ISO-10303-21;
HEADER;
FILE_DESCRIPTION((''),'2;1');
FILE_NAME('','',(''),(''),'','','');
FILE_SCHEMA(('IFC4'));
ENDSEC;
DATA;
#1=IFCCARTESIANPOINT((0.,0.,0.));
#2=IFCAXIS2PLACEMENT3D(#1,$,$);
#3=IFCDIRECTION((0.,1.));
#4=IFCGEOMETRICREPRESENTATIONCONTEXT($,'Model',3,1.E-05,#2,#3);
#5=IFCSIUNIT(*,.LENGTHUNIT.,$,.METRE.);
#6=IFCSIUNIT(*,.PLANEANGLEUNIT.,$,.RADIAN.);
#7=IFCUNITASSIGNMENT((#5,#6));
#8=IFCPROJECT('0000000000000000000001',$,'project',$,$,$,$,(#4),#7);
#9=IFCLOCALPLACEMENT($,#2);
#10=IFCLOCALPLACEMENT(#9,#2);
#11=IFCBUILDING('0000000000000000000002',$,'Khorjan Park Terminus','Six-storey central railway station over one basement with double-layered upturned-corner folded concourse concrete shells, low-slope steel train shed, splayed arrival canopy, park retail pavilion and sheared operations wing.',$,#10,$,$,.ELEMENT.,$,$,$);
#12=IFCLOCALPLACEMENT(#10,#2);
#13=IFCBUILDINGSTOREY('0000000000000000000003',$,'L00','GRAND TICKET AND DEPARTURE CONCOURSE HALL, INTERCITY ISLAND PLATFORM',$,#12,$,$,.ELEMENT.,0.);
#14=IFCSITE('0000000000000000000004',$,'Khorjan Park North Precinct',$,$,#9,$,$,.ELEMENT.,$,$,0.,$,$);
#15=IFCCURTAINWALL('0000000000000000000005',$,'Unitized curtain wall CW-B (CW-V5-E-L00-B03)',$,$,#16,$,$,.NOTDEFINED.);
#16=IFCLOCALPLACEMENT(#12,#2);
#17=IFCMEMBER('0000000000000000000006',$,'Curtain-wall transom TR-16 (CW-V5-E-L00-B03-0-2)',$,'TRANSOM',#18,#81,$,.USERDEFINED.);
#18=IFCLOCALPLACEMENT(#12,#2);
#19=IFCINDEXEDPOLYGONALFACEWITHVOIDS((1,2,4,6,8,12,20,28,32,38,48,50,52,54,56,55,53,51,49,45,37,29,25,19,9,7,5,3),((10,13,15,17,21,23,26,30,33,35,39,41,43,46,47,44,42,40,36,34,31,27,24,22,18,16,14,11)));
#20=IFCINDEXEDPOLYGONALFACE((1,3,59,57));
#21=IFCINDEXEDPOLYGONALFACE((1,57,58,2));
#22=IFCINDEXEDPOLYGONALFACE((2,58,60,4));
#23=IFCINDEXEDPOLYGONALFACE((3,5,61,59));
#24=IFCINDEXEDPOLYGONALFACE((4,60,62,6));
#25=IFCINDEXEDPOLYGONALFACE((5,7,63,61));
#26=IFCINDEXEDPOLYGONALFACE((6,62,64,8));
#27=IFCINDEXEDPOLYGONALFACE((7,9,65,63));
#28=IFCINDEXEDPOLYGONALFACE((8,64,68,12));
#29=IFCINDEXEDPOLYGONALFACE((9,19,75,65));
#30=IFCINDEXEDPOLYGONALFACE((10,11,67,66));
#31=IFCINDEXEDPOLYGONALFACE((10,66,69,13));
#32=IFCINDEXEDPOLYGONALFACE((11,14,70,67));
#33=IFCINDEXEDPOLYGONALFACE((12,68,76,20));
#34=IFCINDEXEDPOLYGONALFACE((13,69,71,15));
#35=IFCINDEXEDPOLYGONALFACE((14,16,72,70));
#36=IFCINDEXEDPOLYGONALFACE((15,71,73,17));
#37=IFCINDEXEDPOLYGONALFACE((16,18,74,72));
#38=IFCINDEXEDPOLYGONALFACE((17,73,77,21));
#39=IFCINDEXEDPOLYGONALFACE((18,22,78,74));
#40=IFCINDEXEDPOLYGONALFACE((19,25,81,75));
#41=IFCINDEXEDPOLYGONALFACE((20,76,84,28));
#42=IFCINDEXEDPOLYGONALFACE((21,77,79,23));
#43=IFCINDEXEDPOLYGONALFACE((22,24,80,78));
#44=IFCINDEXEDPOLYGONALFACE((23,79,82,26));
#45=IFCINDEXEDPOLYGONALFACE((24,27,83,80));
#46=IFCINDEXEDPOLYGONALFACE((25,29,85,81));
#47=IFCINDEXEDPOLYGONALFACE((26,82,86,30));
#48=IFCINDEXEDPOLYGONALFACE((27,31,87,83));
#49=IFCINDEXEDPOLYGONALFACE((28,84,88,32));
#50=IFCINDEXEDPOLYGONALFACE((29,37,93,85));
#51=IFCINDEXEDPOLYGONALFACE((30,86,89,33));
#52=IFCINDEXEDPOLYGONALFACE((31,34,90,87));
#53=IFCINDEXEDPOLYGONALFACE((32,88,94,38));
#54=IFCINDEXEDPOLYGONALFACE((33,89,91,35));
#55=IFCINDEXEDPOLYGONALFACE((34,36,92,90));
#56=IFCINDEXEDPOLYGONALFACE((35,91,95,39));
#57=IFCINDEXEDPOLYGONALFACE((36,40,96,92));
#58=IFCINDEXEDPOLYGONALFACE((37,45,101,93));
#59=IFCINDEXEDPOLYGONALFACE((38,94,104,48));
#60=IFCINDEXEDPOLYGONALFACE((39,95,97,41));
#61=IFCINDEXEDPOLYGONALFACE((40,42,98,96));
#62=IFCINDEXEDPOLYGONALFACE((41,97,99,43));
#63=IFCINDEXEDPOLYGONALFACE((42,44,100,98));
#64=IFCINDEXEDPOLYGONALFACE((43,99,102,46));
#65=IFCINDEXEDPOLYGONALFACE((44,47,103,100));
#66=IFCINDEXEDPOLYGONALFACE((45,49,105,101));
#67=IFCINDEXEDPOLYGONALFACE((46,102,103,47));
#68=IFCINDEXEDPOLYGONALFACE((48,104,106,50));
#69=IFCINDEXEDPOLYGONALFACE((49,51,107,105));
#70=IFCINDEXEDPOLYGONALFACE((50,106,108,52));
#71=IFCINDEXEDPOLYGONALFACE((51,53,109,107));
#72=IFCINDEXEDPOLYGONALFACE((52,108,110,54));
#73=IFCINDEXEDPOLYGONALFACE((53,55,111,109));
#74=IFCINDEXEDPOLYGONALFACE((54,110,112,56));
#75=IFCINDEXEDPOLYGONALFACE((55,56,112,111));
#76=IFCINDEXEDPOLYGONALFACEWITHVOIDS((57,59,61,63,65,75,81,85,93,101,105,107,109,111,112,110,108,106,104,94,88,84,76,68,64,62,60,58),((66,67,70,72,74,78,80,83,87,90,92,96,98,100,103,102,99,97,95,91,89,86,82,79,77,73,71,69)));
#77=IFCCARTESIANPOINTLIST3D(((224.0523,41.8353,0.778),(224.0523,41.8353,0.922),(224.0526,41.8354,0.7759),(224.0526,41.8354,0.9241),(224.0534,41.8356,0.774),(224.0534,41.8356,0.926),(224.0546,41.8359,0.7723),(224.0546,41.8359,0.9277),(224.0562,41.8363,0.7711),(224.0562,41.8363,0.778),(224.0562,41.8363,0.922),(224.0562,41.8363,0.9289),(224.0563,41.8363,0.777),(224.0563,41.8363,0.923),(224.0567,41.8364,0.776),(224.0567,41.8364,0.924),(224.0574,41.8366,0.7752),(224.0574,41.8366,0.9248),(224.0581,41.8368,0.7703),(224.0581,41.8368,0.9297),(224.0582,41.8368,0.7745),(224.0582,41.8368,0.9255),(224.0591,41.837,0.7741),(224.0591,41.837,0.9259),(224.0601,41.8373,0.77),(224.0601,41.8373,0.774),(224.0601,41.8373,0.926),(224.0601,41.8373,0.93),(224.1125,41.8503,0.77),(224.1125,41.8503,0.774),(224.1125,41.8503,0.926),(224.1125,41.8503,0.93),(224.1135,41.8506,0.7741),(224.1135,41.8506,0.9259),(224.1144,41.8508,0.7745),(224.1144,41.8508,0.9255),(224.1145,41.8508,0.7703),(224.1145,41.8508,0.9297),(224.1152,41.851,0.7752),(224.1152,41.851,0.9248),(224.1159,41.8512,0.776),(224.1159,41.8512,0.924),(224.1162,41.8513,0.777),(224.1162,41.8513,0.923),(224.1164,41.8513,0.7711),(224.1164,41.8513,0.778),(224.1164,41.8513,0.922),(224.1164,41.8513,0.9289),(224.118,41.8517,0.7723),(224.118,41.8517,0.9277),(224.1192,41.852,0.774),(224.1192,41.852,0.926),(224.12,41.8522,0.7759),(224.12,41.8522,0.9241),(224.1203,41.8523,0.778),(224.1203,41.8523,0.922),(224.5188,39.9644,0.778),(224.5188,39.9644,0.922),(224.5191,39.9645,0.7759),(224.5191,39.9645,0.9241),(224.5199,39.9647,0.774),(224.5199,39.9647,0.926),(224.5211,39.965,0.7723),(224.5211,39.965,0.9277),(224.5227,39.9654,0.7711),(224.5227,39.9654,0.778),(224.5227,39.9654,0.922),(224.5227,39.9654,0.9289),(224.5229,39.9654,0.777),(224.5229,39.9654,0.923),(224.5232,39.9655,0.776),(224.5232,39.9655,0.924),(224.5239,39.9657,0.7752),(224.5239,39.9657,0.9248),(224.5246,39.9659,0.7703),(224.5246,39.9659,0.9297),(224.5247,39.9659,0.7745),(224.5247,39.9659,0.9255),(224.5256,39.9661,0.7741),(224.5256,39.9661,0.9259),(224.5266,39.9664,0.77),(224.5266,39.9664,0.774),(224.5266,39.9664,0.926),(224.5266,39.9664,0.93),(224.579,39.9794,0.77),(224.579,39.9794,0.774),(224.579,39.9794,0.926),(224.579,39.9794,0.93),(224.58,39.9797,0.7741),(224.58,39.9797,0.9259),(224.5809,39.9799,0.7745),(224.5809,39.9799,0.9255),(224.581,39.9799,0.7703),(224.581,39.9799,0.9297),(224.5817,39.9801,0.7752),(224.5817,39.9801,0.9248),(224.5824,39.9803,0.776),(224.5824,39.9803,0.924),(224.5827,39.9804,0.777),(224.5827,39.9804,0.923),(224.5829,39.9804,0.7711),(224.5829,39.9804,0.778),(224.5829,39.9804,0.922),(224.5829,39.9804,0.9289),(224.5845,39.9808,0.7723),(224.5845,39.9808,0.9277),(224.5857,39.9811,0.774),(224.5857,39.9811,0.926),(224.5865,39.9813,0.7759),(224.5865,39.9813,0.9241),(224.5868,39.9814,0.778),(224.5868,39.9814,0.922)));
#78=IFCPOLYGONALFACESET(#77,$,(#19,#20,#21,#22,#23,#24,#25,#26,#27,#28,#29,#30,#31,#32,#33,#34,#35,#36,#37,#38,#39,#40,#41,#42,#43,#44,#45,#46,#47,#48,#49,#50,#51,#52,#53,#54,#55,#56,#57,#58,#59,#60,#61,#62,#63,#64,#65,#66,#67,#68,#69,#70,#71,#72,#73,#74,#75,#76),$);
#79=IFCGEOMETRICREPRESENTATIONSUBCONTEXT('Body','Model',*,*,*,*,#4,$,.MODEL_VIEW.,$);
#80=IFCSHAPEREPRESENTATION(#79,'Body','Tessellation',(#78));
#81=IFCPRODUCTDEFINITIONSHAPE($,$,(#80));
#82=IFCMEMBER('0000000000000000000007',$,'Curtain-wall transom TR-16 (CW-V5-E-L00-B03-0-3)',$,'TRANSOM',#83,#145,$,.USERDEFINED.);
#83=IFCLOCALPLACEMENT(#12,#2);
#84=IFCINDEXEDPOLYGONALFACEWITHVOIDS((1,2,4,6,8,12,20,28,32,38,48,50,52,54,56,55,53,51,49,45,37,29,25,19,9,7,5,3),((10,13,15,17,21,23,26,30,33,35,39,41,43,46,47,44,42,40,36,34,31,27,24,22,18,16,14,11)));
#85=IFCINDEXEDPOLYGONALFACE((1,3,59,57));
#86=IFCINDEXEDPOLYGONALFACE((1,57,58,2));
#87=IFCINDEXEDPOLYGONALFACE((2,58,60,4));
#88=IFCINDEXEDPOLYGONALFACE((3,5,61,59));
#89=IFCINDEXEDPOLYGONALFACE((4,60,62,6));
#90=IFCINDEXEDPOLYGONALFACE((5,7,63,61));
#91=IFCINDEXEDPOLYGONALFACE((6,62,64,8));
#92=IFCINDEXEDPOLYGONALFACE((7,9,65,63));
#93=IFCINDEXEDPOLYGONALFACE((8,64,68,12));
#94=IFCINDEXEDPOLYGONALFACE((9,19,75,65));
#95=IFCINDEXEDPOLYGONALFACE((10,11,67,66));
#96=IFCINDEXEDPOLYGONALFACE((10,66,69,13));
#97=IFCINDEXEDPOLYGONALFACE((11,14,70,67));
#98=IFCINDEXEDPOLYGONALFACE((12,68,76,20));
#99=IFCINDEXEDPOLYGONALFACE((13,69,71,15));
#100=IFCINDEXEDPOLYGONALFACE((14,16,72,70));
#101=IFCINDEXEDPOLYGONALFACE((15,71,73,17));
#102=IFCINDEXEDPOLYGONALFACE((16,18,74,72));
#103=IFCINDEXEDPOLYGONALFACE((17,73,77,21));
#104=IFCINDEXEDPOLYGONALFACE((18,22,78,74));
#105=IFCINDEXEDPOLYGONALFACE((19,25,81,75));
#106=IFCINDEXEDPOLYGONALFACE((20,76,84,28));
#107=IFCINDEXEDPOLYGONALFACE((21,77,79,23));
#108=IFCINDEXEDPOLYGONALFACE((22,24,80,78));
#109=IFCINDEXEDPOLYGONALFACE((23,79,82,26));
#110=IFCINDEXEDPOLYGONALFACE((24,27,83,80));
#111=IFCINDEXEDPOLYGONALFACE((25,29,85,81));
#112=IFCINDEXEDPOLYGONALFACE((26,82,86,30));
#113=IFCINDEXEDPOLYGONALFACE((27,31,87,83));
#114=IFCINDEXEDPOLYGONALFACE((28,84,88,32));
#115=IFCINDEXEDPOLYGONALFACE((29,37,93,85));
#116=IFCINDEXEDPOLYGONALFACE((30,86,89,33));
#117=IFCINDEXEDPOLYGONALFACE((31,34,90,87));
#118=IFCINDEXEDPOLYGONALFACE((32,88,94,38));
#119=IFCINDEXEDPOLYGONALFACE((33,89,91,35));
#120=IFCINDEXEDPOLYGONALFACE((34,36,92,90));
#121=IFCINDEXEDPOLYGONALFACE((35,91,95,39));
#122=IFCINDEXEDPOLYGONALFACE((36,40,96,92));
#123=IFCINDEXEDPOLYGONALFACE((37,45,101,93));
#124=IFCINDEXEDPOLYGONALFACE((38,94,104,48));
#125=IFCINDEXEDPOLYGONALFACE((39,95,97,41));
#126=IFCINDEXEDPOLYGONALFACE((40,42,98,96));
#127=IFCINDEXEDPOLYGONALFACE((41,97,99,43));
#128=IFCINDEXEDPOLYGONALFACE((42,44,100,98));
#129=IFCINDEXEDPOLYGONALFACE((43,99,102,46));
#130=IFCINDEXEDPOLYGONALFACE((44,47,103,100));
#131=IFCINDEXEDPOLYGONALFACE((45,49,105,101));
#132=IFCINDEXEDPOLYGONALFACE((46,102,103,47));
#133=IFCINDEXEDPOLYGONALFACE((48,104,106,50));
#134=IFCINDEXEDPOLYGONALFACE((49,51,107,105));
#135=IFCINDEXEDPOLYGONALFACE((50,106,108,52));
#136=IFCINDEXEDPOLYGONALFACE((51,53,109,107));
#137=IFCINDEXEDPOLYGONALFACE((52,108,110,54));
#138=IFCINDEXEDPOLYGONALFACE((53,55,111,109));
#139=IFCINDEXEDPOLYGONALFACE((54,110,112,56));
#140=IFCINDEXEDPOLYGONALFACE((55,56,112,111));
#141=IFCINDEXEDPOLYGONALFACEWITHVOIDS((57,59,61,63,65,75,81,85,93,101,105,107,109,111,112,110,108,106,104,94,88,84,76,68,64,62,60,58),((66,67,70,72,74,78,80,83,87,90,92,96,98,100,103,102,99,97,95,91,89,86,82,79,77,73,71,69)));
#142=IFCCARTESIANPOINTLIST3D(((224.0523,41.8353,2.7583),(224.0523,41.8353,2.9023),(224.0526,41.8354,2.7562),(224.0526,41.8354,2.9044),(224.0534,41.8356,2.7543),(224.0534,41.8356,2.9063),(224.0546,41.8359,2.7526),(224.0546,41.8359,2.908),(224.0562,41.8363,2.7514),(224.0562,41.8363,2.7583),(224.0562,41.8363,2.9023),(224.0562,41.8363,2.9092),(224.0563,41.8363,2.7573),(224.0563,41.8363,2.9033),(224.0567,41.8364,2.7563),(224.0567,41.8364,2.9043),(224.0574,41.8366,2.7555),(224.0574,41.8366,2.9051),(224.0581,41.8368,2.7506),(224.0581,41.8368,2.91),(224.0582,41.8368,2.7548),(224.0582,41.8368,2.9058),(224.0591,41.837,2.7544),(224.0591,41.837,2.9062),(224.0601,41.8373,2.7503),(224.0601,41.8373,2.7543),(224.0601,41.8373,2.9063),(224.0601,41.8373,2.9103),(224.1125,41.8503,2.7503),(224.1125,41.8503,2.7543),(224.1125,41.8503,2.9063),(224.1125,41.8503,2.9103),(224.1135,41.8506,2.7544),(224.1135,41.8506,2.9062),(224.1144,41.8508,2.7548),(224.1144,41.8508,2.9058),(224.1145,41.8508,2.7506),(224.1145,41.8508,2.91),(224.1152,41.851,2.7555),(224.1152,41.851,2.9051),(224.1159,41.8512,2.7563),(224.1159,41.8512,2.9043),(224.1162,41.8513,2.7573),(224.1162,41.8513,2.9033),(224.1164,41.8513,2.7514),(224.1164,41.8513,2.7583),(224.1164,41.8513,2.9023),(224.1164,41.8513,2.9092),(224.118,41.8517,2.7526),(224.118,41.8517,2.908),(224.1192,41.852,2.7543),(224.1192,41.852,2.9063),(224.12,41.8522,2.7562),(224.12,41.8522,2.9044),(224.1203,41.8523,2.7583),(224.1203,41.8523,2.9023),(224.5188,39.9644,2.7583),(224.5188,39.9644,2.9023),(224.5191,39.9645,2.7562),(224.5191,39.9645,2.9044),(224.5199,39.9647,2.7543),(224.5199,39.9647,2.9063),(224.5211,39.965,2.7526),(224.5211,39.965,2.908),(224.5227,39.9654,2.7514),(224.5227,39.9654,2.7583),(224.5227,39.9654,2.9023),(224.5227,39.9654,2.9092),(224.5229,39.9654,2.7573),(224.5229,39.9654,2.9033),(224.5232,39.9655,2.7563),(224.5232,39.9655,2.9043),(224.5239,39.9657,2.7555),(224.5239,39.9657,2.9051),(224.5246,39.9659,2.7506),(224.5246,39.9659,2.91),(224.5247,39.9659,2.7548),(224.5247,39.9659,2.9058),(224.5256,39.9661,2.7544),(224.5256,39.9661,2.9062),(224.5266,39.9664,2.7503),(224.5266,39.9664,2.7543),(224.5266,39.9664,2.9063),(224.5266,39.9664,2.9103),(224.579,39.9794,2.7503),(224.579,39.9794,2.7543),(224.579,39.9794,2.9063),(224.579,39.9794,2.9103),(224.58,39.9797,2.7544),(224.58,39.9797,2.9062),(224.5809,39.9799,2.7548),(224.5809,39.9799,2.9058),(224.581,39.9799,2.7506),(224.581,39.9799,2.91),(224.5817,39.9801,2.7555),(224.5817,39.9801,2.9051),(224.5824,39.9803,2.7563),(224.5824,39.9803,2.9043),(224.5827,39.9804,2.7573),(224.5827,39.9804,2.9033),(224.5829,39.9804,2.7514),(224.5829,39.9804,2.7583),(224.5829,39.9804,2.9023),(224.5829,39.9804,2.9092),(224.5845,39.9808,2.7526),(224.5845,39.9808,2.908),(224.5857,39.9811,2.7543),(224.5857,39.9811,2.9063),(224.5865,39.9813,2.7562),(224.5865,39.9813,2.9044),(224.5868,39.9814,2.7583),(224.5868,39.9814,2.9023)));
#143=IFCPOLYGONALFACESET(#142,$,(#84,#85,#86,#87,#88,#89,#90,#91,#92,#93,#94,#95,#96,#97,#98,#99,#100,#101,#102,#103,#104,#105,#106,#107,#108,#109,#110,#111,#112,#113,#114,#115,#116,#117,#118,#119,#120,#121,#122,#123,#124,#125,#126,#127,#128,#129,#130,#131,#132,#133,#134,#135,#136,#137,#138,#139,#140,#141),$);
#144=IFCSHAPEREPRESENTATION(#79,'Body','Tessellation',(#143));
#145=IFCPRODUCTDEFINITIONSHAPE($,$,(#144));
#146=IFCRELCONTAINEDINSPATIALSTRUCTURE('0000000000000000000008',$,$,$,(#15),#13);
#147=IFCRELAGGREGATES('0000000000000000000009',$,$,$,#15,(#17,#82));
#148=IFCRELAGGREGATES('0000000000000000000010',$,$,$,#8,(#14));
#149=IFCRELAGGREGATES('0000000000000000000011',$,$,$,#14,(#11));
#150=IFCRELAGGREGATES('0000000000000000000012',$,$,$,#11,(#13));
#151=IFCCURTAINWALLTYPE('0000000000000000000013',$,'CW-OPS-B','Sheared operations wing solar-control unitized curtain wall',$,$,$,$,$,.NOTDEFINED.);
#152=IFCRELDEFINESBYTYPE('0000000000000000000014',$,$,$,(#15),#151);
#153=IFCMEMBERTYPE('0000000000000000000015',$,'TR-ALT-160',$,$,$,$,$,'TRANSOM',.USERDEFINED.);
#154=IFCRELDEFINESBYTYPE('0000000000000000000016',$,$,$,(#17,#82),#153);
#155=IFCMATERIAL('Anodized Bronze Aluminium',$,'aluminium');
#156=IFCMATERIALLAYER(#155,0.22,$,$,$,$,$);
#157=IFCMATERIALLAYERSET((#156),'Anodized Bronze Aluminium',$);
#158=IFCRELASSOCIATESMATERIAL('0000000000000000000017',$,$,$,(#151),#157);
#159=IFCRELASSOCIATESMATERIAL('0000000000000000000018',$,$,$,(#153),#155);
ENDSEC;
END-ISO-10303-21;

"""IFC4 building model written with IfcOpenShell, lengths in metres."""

from ifc_helpers import new_model, si_unit, direction, frame, origin, origin_2d, place, context, subcontext, project, spatial, hollow_rectangle, extrude, material, layer, layer_set, material_profile, profile_set, type_object, element, aggregate, save


model = new_model("IFC4")

# Units and contexts
model_context = context("Model", 3, precision=1e-05, world=origin(), true_north=direction((0.0, 1.0)))
body_context = subcontext(model_context, "Body", "Model", "MODEL_VIEW")
ifc_project = project(units=[si_unit("LENGTHUNIT", "METRE"), si_unit("PLANEANGLEUNIT", "RADIAN")], contexts=[model_context])

# Site, building, storey
site_placement = place(None, origin())
site = spatial("IfcSite", under=ifc_project, at=site_placement, Name="Khorjan Park North Precinct", CompositionType="ELEMENT", RefElevation=0.0)
building_placement = place(site_placement, origin())
building = spatial("IfcBuilding", under=site, at=building_placement, Name="Khorjan Park Terminus", Description="Six-storey central railway station over one basement with double-layered upturned-corner folded concourse concrete shells, low-slope steel train shed, splayed arrival canopy, park retail pavilion and sheared operations wing.", CompositionType="ELEMENT")
storey_placement = place(building_placement, origin())
storey = spatial("IfcBuildingStorey", under=building, at=storey_placement, Name="L00", Description="GRAND TICKET AND DEPARTURE CONCOURSE HALL, INTERCITY ISLAND PLATFORM", CompositionType="ELEMENT", Elevation=0.0)

# Curtain wall, members
ifc_material_1 = material(Name="Anodized Bronze Aluminium", Category="aluminium")
ifc_layer_1 = layer(ifc_material_1, 0.22)
ifc_layer_set_1 = layer_set([ifc_layer_1], Name="Anodized Bronze Aluminium")
curtain_wall_type = type_object("IfcCurtainWallType", Name="CW-OPS-B", Description="Sheared operations wing solar-control unitized curtain wall", PredefinedType="NOTDEFINED", material=ifc_layer_set_1)
curtain_wall_placement = place(storey_placement, origin())
curtain_wall = element("IfcCurtainWall", 1, at=curtain_wall_placement, inside=storey, type_object=curtain_wall_type, Name="Unitized curtain wall CW-B (CW-V5-E-L00-B03)", PredefinedType="NOTDEFINED")
ifc_material_profile_1 = material_profile(ifc_material_1, hollow_rectangle(XDim=0.07, YDim=0.16, WallThickness=0.004, InnerFilletRadius=0.004, OuterFilletRadius=0.008, at=origin_2d()), Name="ALT 70x160x4")
ifc_profile_set_1 = profile_set([ifc_material_profile_1], Name="Anodized Bronze Aluminium")
member_type_1 = type_object("IfcMemberType", Name="TR-ALT-160", ElementType="TRANSOM", PredefinedType="USERDEFINED", material=ifc_profile_set_1)
member_1_placement = place(storey_placement, frame((224.5528, 39.9729, 0.85), z_axis=(-0.241938, 0.970292, 0.0), x_axis=(-0.970292, -0.241938, 0.0)))
member_1 = element("IfcMember", 2, at=member_1_placement, type_object=member_type_1, Name="Curtain-wall transom TR-16 (CW-V5-E-L00-B03-0-2)", ObjectType="TRANSOM", PredefinedType="USERDEFINED", context=body_context, shape_type="SweptSolid", body=[
    extrude(hollow_rectangle(XDim=0.07, YDim=0.16, WallThickness=0.004, InnerFilletRadius=0.004, OuterFilletRadius=0.008, at=origin_2d()), origin(), (0.0, 0.0, 1.0), 1.9282),
])
member_2_placement = place(storey_placement, frame((224.5528, 39.9729, 2.8303), z_axis=(-0.241938, 0.970292, 0.0), x_axis=(-0.970292, -0.241938, 0.0)))
member_2 = element("IfcMember", 3, at=member_2_placement, type_object=member_type_1, Name="Curtain-wall transom TR-16 (CW-V5-E-L00-B03-0-3)", ObjectType="TRANSOM", PredefinedType="USERDEFINED", context=body_context, shape_type="SweptSolid", body=[
    extrude(hollow_rectangle(XDim=0.07, YDim=0.16, WallThickness=0.004, InnerFilletRadius=0.004, OuterFilletRadius=0.008, at=origin_2d()), origin(), (0.0, 0.0, 1.0), 1.9282),
])
aggregate(curtain_wall, [member_1, member_2])

save(model, "model.ifc")
